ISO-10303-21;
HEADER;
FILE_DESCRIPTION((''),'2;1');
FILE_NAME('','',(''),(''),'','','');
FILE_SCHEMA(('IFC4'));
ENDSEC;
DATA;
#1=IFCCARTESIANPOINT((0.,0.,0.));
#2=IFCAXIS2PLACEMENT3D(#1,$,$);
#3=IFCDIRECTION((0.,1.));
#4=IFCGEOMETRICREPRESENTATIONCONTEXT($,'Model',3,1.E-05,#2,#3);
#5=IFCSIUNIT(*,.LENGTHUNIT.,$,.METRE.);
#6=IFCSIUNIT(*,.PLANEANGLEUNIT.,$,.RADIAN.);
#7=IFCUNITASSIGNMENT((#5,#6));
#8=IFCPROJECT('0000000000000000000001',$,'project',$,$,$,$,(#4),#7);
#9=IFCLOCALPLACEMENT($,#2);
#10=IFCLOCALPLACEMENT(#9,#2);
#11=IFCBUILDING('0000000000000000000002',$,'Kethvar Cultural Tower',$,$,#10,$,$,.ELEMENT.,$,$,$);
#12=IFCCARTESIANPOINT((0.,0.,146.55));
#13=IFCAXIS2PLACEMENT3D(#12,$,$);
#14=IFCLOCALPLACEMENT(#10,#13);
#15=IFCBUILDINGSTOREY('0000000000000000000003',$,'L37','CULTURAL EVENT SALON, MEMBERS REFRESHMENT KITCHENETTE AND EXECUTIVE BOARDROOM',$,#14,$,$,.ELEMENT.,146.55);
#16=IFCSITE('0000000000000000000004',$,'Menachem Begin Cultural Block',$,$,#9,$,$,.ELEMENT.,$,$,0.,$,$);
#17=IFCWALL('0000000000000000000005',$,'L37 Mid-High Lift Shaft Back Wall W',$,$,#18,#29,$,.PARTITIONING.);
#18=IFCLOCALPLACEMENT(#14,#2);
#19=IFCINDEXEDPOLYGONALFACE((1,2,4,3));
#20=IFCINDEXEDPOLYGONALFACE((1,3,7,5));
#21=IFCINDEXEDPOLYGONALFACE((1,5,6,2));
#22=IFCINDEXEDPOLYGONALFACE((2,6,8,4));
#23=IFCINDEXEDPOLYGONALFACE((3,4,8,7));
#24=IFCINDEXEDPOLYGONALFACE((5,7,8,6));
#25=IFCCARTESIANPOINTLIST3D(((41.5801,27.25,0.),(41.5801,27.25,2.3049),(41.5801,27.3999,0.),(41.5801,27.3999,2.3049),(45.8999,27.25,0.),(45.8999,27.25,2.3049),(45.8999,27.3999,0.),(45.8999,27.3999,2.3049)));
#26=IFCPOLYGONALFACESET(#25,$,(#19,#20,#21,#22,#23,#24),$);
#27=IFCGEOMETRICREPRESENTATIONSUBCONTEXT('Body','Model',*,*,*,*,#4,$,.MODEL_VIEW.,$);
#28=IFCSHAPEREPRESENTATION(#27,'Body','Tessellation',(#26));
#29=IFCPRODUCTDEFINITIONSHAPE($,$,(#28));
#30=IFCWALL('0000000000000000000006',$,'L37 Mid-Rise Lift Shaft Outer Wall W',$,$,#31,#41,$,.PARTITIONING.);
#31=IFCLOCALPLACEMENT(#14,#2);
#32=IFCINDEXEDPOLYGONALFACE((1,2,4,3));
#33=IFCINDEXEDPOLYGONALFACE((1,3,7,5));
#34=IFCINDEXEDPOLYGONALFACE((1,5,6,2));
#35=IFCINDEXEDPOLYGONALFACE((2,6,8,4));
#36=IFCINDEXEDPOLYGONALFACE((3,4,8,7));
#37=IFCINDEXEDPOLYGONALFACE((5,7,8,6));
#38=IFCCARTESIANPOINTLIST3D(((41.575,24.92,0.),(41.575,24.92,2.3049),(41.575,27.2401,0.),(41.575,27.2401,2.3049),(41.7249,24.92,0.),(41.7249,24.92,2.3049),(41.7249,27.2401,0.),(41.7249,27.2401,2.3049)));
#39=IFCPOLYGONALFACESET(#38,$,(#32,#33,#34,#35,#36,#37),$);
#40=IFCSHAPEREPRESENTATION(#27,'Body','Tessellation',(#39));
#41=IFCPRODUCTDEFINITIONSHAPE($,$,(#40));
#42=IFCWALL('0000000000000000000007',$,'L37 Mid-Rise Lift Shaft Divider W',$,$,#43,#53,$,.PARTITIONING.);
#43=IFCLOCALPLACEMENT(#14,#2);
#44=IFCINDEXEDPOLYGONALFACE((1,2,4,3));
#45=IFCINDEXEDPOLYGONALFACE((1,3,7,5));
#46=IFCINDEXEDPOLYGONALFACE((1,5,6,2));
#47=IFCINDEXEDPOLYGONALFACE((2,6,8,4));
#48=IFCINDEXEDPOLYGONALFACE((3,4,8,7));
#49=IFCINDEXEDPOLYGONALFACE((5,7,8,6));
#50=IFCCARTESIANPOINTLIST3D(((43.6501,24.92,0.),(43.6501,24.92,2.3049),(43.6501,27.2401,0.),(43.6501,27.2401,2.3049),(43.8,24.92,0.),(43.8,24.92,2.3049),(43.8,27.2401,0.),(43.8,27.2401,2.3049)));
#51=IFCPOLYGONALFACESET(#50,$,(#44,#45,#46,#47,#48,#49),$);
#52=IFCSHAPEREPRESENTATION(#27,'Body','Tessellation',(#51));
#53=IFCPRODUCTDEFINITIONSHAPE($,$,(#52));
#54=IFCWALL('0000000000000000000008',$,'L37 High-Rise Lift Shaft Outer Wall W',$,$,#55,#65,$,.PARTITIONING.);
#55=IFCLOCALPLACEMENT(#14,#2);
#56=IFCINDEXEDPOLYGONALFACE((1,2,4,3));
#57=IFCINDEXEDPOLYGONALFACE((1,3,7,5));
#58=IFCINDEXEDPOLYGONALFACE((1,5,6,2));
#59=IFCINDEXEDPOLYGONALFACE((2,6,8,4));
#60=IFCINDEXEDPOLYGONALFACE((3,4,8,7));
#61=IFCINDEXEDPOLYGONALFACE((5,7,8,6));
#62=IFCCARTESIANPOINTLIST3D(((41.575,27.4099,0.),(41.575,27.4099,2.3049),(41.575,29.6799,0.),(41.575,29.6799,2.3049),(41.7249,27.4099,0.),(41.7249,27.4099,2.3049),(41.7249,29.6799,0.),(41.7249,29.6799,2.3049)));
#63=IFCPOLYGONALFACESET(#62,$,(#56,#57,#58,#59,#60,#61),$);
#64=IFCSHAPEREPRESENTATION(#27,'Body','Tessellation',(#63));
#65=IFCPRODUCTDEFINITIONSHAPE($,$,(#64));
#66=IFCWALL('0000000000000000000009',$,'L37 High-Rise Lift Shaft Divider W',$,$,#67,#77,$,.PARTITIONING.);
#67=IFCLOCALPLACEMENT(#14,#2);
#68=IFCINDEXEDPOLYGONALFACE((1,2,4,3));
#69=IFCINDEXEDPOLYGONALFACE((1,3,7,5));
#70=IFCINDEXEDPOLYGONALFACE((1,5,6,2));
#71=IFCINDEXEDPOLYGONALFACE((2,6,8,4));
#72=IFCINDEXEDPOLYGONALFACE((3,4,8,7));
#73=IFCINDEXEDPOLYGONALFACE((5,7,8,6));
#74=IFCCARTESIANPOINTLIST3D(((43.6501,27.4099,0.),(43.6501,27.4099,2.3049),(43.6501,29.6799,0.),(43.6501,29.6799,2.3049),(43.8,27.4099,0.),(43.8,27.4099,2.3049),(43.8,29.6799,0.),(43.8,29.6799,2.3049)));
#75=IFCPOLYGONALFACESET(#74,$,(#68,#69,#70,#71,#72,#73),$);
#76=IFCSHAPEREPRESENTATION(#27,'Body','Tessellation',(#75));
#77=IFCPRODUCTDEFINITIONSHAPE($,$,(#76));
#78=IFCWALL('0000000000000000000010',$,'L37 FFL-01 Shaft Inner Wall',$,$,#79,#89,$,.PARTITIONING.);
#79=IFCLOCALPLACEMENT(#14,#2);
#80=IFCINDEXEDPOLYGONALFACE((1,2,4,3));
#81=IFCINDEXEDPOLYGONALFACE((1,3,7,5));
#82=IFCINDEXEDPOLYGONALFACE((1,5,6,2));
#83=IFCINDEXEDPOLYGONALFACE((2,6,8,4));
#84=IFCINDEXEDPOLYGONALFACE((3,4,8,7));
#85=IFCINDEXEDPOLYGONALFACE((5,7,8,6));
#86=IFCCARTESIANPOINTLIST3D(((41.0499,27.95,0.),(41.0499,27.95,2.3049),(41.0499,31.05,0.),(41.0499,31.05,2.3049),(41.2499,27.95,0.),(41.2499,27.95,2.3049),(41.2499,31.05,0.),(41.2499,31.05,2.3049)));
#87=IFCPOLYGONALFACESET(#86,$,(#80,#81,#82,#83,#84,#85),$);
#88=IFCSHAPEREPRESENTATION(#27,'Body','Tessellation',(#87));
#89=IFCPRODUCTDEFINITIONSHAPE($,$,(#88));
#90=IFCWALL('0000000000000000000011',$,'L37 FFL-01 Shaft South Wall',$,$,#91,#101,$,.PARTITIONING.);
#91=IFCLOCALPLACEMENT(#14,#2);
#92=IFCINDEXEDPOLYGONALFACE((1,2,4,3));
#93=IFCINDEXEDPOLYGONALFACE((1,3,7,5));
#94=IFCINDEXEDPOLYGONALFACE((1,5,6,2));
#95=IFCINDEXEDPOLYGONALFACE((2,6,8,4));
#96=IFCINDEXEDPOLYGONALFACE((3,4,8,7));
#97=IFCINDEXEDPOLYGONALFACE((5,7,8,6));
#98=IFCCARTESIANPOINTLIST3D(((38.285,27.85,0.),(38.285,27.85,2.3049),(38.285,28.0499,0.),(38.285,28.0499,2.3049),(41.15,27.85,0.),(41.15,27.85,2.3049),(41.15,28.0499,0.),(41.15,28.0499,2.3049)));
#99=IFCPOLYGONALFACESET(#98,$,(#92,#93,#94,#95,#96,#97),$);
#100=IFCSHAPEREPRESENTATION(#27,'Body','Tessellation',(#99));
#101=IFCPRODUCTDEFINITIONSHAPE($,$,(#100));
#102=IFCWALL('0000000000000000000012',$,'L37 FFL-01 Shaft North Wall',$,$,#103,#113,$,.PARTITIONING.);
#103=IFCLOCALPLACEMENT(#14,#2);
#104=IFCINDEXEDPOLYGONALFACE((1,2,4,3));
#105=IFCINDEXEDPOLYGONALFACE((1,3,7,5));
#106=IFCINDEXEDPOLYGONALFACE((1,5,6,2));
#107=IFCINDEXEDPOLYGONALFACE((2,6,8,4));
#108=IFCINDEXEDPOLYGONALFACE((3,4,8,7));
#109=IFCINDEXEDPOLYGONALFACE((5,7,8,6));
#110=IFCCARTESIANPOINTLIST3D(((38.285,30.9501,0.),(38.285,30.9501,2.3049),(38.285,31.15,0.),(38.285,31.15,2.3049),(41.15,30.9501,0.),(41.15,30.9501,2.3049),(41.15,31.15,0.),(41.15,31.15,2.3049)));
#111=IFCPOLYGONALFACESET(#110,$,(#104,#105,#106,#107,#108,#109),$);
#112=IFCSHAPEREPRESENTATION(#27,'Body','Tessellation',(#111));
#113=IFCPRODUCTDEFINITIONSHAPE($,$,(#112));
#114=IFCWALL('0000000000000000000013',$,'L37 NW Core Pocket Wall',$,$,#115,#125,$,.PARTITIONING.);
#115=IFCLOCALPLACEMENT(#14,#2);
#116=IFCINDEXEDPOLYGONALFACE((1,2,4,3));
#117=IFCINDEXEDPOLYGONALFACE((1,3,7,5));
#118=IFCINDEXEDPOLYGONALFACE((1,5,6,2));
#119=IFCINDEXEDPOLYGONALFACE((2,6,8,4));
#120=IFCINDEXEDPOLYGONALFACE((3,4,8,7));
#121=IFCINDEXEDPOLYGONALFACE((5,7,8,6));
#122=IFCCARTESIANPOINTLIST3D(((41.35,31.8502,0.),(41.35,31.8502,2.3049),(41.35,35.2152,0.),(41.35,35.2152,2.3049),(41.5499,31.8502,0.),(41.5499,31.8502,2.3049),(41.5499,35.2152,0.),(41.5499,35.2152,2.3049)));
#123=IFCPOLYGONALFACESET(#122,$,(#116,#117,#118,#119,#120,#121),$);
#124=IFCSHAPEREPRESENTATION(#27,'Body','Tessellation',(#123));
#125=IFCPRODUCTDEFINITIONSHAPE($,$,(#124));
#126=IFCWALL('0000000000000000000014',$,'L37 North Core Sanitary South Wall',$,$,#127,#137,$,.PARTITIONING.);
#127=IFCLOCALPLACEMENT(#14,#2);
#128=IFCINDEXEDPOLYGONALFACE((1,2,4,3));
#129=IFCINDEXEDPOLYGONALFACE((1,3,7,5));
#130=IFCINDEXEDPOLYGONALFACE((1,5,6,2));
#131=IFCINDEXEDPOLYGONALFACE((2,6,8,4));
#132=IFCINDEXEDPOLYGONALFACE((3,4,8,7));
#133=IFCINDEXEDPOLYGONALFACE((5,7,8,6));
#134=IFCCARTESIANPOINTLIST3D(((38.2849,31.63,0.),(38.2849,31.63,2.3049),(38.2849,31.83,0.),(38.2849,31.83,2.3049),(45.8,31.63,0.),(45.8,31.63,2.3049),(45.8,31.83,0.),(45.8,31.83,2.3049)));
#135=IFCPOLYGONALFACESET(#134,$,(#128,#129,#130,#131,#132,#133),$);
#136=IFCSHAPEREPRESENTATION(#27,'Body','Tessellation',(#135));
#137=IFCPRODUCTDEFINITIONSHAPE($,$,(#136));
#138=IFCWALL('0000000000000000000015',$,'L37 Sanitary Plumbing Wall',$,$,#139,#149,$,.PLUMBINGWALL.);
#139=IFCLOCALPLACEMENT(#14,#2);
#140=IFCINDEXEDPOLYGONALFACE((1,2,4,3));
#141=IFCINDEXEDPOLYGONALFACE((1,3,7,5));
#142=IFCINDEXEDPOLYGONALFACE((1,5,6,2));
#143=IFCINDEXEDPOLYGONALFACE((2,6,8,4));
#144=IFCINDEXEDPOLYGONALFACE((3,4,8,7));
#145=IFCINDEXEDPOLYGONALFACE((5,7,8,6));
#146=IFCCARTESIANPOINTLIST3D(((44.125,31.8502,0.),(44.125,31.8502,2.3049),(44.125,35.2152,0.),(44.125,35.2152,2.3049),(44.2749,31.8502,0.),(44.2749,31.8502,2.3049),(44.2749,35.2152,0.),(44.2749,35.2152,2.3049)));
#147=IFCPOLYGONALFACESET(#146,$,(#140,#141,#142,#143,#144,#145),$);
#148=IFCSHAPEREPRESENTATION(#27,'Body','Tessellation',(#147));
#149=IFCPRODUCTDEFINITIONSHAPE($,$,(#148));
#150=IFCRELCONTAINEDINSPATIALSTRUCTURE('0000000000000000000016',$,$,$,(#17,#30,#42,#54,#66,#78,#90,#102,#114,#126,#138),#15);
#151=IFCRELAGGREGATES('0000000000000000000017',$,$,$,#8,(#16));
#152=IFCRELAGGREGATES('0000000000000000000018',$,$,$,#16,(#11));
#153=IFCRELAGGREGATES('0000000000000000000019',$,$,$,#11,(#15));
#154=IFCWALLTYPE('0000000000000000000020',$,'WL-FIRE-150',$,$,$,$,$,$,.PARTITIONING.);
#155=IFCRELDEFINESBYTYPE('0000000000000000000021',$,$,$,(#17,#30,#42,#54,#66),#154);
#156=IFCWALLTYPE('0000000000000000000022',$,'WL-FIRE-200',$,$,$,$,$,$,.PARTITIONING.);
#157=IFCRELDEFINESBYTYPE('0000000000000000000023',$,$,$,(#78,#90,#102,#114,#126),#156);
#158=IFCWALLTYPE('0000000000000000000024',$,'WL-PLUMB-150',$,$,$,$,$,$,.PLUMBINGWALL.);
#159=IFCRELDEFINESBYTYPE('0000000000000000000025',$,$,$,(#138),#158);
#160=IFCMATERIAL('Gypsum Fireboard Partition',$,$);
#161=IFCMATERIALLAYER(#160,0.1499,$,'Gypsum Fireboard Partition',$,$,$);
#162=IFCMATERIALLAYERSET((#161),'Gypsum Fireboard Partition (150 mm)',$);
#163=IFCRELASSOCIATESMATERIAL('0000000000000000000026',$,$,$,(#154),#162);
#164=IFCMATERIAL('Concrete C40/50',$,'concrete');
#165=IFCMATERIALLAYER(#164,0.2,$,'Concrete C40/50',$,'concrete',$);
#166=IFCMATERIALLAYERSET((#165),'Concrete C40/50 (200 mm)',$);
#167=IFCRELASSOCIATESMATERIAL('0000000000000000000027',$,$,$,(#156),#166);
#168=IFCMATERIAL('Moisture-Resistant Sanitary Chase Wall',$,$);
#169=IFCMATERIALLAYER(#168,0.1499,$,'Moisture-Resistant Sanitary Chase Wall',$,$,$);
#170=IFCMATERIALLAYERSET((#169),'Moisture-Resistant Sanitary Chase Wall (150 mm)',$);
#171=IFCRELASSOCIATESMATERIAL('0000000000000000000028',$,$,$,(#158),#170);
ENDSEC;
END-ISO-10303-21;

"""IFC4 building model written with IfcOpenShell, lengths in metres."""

from ifc_helpers import new_model, si_unit, direction, frame, frame_2d, origin, place, context, subcontext, project, spatial, rectangle, extrude, material, layer, layer_set, type_object, element, save


model = new_model("IFC4")

# Units and contexts
model_context = context("Model", 3, precision=1e-05, world=origin(), true_north=direction((0.0, 1.0)))
body_context = subcontext(model_context, "Body", "Model", "MODEL_VIEW")
ifc_project = project(units=[si_unit("LENGTHUNIT", "METRE"), si_unit("PLANEANGLEUNIT", "RADIAN")], contexts=[model_context])

# Site, building, storey
site_placement = place(None, origin())
site = spatial("IfcSite", under=ifc_project, at=site_placement, Name="Menachem Begin Cultural Block", CompositionType="ELEMENT", RefElevation=0.0)
building_placement = place(site_placement, origin())
building = spatial("IfcBuilding", under=site, at=building_placement, Name="Kethvar Cultural Tower", CompositionType="ELEMENT")
storey_placement = place(building_placement, frame((0.0, 0.0, 146.55)))
storey = spatial("IfcBuildingStorey", under=building, at=storey_placement, Name="L37", Description="CULTURAL EVENT SALON, MEMBERS REFRESHMENT KITCHENETTE AND EXECUTIVE BOARDROOM", CompositionType="ELEMENT", Elevation=146.55)

# Walls
ifc_material_1 = material(Name="Gypsum Fireboard Partition")
ifc_layer_1 = layer(ifc_material_1, 0.1499, Name="Gypsum Fireboard Partition")
ifc_layer_set_1 = layer_set([ifc_layer_1], Name="Gypsum Fireboard Partition (150 mm)")
wall_type_1 = type_object("IfcWallType", Name="WL-FIRE-150", PredefinedType="PARTITIONING", material=ifc_layer_set_1)
wall_1_placement = place(storey_placement, frame((41.5801, 27.325, 0.0), z_axis=(0.0, 0.0, 1.0), x_axis=(1.0, 0.0, 0.0)))
element("IfcWall", 1, at=wall_1_placement, inside=storey, type_object=wall_type_1, Name="L37 Mid-High Lift Shaft Back Wall W", PredefinedType="PARTITIONING", context=body_context, shape_type="SweptSolid", body=[
    extrude(rectangle(XDim=4.3198, YDim=0.1499, at=frame_2d((2.1599, 0.0))), origin(), (0.0, 0.0, 1.0), 2.3049),
])
for number, where, z_axis, x_axis, name in (
    (2, (41.6499, 24.9199, 0.0), (0.0, 0.0, 1.0), (0.0, 1.0, 0.0), "L37 Mid-Rise Lift Shaft Outer Wall W"),
    (3, (43.7251, 24.9199, 0.0), (0.0, 0.0, 1.0), (0.0, 1.0, 0.0), "L37 Mid-Rise Lift Shaft Divider W"),
):
    element("IfcWall", number, at=place(storey_placement, frame(where, z_axis=z_axis, x_axis=x_axis)), inside=storey, type_object=wall_type_1, Name=name, PredefinedType="PARTITIONING", context=body_context, shape_type="SweptSolid", body=[
        extrude(rectangle(XDim=2.3201, YDim=0.1499, at=frame_2d((1.1602, 0.0))), origin(), (0.0, 0.0, 1.0), 2.3049),
    ])
for number, where, z_axis, x_axis, name in (
    (4, (41.6499, 27.4099, 0.0), (0.0, 0.0, 1.0), (0.0, 1.0, 0.0), "L37 High-Rise Lift Shaft Outer Wall W"),
    (5, (43.7251, 27.4099, 0.0), (0.0, 0.0, 1.0), (0.0, 1.0, 0.0), "L37 High-Rise Lift Shaft Divider W"),
):
    element("IfcWall", number, at=place(storey_placement, frame(where, z_axis=z_axis, x_axis=x_axis)), inside=storey, type_object=wall_type_1, Name=name, PredefinedType="PARTITIONING", context=body_context, shape_type="SweptSolid", body=[
        extrude(rectangle(XDim=2.27, YDim=0.1499, at=frame_2d((1.135, 0.0))), origin(), (0.0, 0.0, 1.0), 2.3049),
    ])
ifc_material_2 = material(Name="Concrete C40/50", Category="concrete")
ifc_layer_2 = layer(ifc_material_2, 0.2, Name="Concrete C40/50", Category="concrete")
ifc_layer_set_2 = layer_set([ifc_layer_2], Name="Concrete C40/50 (200 mm)")
wall_type_2 = type_object("IfcWallType", Name="WL-FIRE-200", PredefinedType="PARTITIONING", material=ifc_layer_set_2)
wall_2_placement = place(storey_placement, frame((41.1499, 27.95, 0.0), z_axis=(0.0, 0.0, 1.0), x_axis=(0.0, 1.0, 0.0)))
element("IfcWall", 6, at=wall_2_placement, inside=storey, type_object=wall_type_2, Name="L37 FFL-01 Shaft Inner Wall", PredefinedType="PARTITIONING", context=body_context, shape_type="SweptSolid", body=[
    extrude(rectangle(XDim=3.1001, YDim=0.2, at=frame_2d((1.55, 0.0))), origin(), (0.0, 0.0, 1.0), 2.3049),
])
for number, where, z_axis, x_axis, name in (
    (7, (38.2849, 27.95, 0.0), (0.0, 0.0, 1.0), (1.0, 0.0, 0.0), "L37 FFL-01 Shaft South Wall"),
    (8, (38.2849, 31.05, 0.0), (0.0, 0.0, 1.0), (1.0, 0.0, 0.0), "L37 FFL-01 Shaft North Wall"),
):
    element("IfcWall", number, at=place(storey_placement, frame(where, z_axis=z_axis, x_axis=x_axis)), inside=storey, type_object=wall_type_2, Name=name, PredefinedType="PARTITIONING", context=body_context, shape_type="SweptSolid", body=[
        extrude(rectangle(XDim=2.865, YDim=0.2, at=frame_2d((1.4326, 0.0))), origin(), (0.0, 0.0, 1.0), 2.3049),
    ])
wall_3_placement = place(storey_placement, frame((41.45, 31.8501, 0.0), z_axis=(0.0, 0.0, 1.0), x_axis=(0.0, 1.0, 0.0)))
element("IfcWall", 9, at=wall_3_placement, inside=storey, type_object=wall_type_2, Name="L37 NW Core Pocket Wall", PredefinedType="PARTITIONING", context=body_context, shape_type="SweptSolid", body=[
    extrude(rectangle(XDim=3.365, YDim=0.2, at=frame_2d((1.6826, 0.0))), origin(), (0.0, 0.0, 1.0), 2.3049),
])
wall_4_placement = place(storey_placement, frame((38.2849, 31.73, 0.0), z_axis=(0.0, 0.0, 1.0), x_axis=(1.0, 0.0, 0.0)))
element("IfcWall", 10, at=wall_4_placement, inside=storey, type_object=wall_type_2, Name="L37 North Core Sanitary South Wall", PredefinedType="PARTITIONING", context=body_context, shape_type="SweptSolid", body=[
    extrude(rectangle(XDim=7.5151, YDim=0.2, at=frame_2d((3.7576, 0.0))), origin(), (0.0, 0.0, 1.0), 2.3049),
])
ifc_material_3 = material(Name="Moisture-Resistant Sanitary Chase Wall")
ifc_layer_3 = layer(ifc_material_3, 0.1499, Name="Moisture-Resistant Sanitary Chase Wall")
ifc_layer_set_3 = layer_set([ifc_layer_3], Name="Moisture-Resistant Sanitary Chase Wall (150 mm)")
wall_type_3 = type_object("IfcWallType", Name="WL-PLUMB-150", PredefinedType="PLUMBINGWALL", material=ifc_layer_set_3)
wall_5_placement = place(storey_placement, frame((44.2, 31.8501, 0.0), z_axis=(0.0, 0.0, 1.0), x_axis=(0.0, 1.0, 0.0)))
element("IfcWall", 11, at=wall_5_placement, inside=storey, type_object=wall_type_3, Name="L37 Sanitary Plumbing Wall", PredefinedType="PLUMBINGWALL", context=body_context, shape_type="SweptSolid", body=[
    extrude(rectangle(XDim=3.365, YDim=0.1499, at=frame_2d((1.6826, 0.0))), origin(), (0.0, 0.0, 1.0), 2.3049),
])

save(model, "model.ifc")
